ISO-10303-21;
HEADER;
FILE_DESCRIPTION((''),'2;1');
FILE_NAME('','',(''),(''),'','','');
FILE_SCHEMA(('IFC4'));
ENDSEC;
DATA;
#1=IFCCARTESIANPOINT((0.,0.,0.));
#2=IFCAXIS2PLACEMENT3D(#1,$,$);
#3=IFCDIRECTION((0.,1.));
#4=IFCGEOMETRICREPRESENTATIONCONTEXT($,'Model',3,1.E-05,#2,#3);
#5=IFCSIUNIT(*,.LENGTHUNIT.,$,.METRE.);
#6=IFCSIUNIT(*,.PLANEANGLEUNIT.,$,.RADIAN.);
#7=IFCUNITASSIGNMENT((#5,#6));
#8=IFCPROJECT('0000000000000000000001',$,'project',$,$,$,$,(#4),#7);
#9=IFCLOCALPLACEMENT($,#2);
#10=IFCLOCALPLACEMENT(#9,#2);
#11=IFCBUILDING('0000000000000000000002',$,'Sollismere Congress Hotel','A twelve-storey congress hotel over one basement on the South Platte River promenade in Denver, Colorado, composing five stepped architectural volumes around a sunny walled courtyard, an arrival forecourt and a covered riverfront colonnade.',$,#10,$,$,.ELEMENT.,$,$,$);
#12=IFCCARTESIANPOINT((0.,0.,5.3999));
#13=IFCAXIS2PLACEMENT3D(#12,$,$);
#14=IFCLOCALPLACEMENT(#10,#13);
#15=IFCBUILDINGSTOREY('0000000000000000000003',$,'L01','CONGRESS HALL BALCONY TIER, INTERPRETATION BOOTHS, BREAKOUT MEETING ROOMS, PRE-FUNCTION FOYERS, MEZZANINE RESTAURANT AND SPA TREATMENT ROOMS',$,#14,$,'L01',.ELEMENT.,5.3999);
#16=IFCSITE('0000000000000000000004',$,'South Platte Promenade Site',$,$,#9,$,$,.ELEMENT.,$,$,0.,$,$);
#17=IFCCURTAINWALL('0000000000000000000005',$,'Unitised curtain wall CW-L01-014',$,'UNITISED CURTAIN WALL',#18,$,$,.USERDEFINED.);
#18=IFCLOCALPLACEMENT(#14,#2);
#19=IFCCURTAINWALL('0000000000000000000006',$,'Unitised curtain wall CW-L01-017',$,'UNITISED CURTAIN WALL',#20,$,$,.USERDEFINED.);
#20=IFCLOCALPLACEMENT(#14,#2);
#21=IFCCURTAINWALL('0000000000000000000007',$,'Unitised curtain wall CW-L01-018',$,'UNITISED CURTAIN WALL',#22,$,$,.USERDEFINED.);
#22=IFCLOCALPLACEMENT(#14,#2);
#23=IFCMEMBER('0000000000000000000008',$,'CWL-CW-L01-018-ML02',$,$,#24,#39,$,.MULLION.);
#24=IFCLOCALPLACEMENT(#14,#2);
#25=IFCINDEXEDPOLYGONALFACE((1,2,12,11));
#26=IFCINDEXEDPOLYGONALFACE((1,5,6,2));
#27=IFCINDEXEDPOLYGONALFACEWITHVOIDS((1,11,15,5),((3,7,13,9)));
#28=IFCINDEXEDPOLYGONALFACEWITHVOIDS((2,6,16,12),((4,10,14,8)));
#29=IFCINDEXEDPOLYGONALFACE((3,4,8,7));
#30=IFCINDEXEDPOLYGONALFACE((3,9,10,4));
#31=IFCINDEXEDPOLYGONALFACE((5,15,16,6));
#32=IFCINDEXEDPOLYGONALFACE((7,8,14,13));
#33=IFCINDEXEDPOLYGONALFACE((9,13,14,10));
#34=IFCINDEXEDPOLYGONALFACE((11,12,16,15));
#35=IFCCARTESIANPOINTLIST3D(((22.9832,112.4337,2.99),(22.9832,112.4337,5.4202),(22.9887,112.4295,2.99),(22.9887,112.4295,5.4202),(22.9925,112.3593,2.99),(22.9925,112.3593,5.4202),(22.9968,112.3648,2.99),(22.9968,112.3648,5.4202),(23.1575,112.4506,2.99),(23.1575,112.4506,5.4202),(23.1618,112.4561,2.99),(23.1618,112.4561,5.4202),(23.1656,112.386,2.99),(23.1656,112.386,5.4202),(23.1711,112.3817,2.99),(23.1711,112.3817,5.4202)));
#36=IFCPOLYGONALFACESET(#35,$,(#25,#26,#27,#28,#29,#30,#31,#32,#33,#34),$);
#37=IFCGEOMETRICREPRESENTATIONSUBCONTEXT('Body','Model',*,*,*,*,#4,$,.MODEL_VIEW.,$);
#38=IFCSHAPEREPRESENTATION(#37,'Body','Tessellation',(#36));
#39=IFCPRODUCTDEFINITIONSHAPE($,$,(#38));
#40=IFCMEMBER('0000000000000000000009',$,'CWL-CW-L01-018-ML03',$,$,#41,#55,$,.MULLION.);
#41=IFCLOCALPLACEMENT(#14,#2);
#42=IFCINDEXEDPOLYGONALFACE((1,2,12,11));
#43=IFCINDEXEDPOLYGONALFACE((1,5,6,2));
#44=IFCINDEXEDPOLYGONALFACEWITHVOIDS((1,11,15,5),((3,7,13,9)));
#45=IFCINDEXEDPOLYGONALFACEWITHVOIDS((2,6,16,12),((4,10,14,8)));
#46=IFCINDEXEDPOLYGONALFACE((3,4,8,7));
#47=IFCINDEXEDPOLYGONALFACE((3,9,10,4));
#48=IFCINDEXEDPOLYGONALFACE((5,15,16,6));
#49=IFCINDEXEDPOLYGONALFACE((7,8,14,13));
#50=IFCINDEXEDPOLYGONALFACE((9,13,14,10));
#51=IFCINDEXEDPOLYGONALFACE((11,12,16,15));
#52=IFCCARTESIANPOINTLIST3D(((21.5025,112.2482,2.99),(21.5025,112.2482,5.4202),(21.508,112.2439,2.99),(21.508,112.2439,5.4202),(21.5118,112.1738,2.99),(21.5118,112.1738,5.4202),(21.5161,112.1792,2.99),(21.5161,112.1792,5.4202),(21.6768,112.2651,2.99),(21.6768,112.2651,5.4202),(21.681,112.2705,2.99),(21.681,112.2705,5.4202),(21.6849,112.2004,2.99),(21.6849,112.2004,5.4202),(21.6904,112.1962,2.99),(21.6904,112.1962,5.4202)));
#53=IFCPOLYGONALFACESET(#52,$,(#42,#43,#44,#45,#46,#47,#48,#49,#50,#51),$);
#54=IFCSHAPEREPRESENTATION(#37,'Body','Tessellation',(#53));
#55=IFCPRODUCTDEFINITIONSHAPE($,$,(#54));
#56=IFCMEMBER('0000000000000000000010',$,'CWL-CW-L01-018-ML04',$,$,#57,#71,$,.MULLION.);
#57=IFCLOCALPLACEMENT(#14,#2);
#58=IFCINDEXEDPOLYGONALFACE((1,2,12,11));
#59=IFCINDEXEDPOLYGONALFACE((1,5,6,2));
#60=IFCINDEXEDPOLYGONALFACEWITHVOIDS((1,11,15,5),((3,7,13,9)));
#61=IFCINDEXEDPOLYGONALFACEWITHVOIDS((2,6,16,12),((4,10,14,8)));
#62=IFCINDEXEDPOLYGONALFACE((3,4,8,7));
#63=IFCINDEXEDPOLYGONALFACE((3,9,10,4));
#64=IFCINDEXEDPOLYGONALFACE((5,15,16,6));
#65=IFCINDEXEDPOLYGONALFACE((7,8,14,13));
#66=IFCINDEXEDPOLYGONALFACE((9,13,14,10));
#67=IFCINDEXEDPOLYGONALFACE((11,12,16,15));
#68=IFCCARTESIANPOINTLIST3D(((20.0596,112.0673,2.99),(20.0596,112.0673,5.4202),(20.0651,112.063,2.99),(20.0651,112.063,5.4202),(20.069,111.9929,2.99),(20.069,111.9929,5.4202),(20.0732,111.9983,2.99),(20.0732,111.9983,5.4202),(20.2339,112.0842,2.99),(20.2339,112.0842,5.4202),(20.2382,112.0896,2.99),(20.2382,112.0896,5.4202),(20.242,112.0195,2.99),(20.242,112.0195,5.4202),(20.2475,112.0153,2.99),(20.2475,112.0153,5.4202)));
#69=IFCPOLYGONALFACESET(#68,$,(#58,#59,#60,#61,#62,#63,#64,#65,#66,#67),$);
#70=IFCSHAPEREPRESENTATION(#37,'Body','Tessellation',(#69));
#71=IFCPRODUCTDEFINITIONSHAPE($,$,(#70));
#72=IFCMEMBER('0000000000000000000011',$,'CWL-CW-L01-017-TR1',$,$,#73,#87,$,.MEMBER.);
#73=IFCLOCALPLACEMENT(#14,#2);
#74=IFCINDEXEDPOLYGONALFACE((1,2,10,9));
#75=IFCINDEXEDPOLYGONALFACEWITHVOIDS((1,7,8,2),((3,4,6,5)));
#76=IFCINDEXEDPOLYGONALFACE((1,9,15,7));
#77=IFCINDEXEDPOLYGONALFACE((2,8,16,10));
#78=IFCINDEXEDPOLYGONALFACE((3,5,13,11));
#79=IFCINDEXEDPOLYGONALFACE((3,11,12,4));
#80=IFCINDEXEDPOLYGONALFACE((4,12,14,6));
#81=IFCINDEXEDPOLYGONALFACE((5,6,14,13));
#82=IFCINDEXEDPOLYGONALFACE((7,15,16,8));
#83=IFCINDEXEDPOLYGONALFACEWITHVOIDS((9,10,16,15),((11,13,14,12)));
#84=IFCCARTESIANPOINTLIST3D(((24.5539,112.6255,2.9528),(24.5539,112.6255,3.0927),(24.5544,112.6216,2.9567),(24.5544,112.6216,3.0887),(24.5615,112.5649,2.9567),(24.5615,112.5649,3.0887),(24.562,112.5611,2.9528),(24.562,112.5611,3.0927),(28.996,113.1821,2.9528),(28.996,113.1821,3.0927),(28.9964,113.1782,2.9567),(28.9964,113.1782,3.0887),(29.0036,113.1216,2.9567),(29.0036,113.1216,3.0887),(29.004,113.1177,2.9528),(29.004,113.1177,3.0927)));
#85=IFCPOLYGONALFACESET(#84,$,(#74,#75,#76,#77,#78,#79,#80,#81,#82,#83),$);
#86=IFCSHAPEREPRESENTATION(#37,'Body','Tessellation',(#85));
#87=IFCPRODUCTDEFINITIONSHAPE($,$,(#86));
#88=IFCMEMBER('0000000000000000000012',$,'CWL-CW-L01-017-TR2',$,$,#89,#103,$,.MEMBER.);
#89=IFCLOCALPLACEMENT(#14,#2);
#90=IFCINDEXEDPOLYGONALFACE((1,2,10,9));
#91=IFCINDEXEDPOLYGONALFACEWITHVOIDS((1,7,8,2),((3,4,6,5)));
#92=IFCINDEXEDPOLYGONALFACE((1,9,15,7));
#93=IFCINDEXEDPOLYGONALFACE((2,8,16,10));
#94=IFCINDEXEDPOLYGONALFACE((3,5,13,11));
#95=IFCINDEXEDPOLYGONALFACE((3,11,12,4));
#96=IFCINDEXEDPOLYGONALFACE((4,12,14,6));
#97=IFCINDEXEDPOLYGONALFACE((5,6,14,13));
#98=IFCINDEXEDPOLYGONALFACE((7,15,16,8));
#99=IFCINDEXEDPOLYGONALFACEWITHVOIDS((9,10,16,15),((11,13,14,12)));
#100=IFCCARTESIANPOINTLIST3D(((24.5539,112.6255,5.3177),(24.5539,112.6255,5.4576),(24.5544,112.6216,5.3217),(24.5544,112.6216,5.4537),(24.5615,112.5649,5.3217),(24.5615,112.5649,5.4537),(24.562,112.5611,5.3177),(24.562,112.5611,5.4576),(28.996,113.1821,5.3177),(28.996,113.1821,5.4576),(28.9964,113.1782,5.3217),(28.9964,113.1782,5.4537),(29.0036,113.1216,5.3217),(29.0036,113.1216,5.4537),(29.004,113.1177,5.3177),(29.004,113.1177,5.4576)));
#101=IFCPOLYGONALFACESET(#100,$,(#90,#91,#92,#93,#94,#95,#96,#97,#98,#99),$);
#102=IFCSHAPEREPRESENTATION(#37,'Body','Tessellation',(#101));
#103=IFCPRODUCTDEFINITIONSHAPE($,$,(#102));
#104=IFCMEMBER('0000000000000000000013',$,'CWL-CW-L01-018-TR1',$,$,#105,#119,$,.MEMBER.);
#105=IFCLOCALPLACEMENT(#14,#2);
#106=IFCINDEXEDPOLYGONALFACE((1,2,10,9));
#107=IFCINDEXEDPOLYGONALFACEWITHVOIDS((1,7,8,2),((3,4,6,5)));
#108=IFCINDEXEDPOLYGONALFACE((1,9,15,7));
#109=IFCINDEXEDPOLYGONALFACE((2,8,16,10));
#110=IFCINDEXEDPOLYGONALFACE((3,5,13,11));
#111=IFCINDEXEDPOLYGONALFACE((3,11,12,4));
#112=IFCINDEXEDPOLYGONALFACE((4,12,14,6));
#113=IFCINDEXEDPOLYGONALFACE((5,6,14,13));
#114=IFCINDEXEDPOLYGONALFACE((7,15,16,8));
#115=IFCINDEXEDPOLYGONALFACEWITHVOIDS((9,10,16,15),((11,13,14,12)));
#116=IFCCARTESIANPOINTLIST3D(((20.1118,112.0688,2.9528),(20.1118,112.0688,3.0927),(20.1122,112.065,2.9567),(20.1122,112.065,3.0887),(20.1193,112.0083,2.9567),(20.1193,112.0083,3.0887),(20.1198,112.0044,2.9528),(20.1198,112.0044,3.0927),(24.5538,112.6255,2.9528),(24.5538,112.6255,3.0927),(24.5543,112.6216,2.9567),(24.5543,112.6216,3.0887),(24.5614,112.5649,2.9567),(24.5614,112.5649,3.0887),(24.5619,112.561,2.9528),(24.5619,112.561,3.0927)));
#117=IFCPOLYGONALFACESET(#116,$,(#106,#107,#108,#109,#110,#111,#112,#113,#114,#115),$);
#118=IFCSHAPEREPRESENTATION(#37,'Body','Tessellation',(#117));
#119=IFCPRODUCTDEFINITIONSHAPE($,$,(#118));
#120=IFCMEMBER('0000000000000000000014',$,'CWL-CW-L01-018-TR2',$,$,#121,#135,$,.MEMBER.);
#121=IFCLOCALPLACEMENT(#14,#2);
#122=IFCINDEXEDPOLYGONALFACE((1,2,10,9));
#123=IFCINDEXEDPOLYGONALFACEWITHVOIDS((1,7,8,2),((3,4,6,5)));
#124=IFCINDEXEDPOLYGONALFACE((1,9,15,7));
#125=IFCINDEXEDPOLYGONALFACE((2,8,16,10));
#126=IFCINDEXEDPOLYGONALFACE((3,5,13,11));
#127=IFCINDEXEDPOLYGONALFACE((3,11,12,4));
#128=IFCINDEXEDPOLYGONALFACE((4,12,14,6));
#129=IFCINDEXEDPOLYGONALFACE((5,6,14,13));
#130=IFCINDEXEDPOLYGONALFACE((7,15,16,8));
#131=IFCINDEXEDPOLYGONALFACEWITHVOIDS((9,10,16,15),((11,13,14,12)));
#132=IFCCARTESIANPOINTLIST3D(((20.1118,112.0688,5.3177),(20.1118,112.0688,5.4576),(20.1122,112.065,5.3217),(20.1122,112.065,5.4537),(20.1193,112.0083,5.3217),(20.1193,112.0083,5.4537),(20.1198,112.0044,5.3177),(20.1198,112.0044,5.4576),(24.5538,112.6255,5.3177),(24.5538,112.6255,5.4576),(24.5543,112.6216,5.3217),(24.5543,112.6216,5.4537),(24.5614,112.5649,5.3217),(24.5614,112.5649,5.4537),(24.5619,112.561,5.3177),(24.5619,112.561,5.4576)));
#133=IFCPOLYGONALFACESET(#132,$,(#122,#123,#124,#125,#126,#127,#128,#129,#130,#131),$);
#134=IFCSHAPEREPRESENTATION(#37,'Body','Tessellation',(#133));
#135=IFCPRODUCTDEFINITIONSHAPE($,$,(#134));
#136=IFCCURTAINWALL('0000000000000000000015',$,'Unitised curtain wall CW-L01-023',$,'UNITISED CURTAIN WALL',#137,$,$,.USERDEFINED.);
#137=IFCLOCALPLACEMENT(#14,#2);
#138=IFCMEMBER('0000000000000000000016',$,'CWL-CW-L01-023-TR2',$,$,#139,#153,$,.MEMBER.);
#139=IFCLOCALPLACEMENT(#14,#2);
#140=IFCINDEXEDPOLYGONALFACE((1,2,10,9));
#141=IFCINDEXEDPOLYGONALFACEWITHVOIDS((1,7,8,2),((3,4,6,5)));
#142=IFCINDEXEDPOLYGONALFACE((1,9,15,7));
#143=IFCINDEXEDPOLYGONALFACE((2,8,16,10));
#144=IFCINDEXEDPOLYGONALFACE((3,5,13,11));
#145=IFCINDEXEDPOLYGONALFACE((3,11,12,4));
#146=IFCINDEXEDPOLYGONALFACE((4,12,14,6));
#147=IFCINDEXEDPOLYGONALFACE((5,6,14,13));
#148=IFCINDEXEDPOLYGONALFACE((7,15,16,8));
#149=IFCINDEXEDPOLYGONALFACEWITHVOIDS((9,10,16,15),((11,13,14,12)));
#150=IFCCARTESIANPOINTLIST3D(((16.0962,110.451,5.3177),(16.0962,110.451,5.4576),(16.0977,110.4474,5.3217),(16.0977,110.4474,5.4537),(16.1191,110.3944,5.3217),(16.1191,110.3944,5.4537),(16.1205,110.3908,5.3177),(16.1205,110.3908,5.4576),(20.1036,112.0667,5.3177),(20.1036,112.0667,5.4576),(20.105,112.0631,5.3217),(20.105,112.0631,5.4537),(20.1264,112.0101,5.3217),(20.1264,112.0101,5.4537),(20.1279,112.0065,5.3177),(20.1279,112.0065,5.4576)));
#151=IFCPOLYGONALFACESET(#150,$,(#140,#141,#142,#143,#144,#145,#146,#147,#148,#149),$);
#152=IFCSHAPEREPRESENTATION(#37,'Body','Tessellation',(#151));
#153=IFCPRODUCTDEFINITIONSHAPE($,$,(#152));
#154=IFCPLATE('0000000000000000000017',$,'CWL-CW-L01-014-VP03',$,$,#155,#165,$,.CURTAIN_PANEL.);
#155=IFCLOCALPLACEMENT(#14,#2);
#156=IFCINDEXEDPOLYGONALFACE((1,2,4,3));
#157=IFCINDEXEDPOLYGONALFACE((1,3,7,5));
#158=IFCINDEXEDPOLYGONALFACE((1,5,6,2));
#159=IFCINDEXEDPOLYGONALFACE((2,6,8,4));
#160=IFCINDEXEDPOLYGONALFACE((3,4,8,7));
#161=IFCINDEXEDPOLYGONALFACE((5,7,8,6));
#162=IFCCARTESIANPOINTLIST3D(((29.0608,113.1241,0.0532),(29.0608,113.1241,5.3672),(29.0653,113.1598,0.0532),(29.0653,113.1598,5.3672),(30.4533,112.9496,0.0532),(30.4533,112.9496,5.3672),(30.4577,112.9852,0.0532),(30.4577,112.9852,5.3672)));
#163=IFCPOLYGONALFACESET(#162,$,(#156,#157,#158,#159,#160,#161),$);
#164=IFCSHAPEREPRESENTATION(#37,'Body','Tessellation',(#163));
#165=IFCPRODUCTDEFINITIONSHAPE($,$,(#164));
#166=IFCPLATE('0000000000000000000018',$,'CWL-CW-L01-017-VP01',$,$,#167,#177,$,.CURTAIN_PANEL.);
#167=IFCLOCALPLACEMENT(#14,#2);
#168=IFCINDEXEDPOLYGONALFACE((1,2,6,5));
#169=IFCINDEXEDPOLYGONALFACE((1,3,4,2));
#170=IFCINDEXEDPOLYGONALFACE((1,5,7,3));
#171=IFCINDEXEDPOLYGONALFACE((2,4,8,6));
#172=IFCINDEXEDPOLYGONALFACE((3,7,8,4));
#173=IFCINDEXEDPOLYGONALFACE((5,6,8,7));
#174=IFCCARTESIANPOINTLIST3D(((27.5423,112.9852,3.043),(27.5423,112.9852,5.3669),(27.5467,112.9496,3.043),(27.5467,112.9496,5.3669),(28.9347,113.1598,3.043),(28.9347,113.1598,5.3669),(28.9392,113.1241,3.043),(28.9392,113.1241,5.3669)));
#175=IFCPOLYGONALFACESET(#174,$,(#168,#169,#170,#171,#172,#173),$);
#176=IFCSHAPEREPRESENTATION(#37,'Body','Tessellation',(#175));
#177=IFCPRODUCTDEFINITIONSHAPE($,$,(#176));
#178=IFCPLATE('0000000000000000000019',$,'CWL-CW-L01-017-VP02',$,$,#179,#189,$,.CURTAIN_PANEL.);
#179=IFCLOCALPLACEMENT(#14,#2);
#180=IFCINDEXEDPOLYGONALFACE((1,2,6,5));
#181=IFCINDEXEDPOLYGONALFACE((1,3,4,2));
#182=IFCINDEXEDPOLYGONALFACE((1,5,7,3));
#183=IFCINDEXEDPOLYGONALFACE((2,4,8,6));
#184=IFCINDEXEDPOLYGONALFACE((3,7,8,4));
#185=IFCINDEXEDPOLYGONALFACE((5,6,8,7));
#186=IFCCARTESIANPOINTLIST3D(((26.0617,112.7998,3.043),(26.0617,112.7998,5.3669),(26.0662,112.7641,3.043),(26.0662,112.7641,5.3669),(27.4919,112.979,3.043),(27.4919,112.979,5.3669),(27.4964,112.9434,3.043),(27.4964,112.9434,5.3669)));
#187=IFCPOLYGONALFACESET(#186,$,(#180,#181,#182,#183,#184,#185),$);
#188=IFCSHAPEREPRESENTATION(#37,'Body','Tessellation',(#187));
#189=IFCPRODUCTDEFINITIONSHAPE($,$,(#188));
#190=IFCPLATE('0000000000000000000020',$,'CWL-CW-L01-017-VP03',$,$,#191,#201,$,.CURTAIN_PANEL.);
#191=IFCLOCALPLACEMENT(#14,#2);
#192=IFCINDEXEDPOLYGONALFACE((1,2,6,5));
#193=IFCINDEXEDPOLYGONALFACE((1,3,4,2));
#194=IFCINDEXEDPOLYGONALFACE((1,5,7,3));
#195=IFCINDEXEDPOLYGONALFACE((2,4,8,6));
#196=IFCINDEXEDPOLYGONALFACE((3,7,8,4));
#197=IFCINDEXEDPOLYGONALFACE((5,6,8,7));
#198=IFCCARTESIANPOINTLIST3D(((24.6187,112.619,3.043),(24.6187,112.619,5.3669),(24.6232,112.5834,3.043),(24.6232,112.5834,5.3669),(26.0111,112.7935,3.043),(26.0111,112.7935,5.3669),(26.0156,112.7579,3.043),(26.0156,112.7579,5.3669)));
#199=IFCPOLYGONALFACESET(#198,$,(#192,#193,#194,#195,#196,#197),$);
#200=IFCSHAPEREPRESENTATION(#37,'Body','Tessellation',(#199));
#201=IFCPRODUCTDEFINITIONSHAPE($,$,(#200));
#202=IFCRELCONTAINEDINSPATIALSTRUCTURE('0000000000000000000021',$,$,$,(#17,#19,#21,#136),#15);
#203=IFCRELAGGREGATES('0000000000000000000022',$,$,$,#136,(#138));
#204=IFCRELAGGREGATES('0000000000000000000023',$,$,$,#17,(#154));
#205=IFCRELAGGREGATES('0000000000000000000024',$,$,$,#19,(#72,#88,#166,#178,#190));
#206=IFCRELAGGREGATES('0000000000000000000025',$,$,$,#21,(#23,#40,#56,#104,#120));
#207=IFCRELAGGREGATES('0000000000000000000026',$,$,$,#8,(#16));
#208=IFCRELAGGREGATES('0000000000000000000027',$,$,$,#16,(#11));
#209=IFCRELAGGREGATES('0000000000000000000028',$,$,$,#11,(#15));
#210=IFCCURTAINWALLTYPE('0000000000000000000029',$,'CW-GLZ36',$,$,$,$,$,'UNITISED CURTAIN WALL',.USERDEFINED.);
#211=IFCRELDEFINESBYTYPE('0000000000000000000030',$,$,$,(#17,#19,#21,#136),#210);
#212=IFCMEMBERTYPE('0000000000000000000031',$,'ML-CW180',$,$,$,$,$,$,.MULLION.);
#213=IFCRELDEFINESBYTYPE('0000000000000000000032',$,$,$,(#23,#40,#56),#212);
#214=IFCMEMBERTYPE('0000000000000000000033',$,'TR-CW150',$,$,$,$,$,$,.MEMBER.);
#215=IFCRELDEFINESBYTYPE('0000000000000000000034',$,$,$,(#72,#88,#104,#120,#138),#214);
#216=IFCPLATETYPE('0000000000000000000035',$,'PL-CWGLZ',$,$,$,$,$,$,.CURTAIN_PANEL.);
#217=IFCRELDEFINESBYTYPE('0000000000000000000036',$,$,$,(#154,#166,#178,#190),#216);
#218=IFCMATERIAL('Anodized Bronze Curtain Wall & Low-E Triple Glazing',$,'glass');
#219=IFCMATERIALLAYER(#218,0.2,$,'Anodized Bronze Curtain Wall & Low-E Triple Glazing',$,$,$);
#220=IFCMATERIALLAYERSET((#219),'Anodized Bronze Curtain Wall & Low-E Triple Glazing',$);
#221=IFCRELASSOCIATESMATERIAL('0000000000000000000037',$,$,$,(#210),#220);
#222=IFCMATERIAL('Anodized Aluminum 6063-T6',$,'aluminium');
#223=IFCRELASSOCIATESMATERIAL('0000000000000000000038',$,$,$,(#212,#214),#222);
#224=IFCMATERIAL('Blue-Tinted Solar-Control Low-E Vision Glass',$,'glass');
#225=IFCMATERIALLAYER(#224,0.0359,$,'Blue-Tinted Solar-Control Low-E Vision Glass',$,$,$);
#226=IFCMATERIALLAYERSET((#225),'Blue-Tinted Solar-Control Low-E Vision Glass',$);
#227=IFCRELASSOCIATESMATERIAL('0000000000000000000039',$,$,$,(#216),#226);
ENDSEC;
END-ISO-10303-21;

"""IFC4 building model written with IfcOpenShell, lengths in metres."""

from ifc_helpers import new_model, si_unit, direction, frame, origin, origin_2d, place, context, subcontext, project, spatial, rectangle, hollow_rectangle, extrude, material, layer, layer_set, material_profile, profile_set, type_object, element, aggregate, save


model = new_model("IFC4")

# Units and contexts
model_context = context("Model", 3, precision=1e-05, world=origin(), true_north=direction((0.0, 1.0)))
body_context = subcontext(model_context, "Body", "Model", "MODEL_VIEW")
ifc_project = project(units=[si_unit("LENGTHUNIT", "METRE"), si_unit("PLANEANGLEUNIT", "RADIAN")], contexts=[model_context])

# Site, building, storey
site_placement = place(None, origin())
site = spatial("IfcSite", under=ifc_project, at=site_placement, Name="South Platte Promenade Site", CompositionType="ELEMENT", RefElevation=0.0)
building_placement = place(site_placement, origin())
building = spatial("IfcBuilding", under=site, at=building_placement, Name="Sollismere Congress Hotel", Description="A twelve-storey congress hotel over one basement on the South Platte River promenade in Denver, Colorado, composing five stepped architectural volumes around a sunny walled courtyard, an arrival forecourt and a covered riverfront colonnade.", CompositionType="ELEMENT")
storey_placement = place(building_placement, frame((0.0, 0.0, 5.3999)))
storey = spatial("IfcBuildingStorey", under=building, at=storey_placement, Name="L01", Description="CONGRESS HALL BALCONY TIER, INTERPRETATION BOOTHS, BREAKOUT MEETING ROOMS, PRE-FUNCTION FOYERS, MEZZANINE RESTAURANT AND SPA TREATMENT ROOMS", LongName="L01", CompositionType="ELEMENT", Elevation=5.3999)

# Curtain wall
ifc_material_1 = material(Name="Anodized Bronze Curtain Wall & Low-E Triple Glazing", Category="glass")
ifc_layer_1 = layer(ifc_material_1, 0.2, Name="Anodized Bronze Curtain Wall & Low-E Triple Glazing")
ifc_layer_set_1 = layer_set([ifc_layer_1], Name="Anodized Bronze Curtain Wall & Low-E Triple Glazing")
curtain_wall_type = type_object("IfcCurtainWallType", Name="CW-GLZ36", ElementType="UNITISED CURTAIN WALL", PredefinedType="USERDEFINED", material=ifc_layer_set_1)
curtain_wall_1_placement = place(storey_placement, origin())
curtain_wall_1 = element("IfcCurtainWall", 1, at=curtain_wall_1_placement, inside=storey, type_object=curtain_wall_type, Name="Unitised curtain wall CW-L01-014", ObjectType="UNITISED CURTAIN WALL", PredefinedType="USERDEFINED")
ifc_material_2 = material(Name="Anodized Aluminum 6063-T6", Category="aluminium")
ifc_material_profile_1 = material_profile(ifc_material_2, hollow_rectangle(XDim=0.075, YDim=0.1799, WallThickness=0.0049, at=origin_2d()), Name="ALU180X75X5")
ifc_profile_set_1 = profile_set([ifc_material_profile_1], Name="Anodized Aluminum 6063-T6")
member_type_1 = type_object("IfcMemberType", Name="ML-CW180", PredefinedType="MULLION", material=ifc_profile_set_1)

# Curtain walls, members
curtain_wall_2_placement = place(storey_placement, origin())
curtain_wall_2 = element("IfcCurtainWall", 2, at=curtain_wall_2_placement, inside=storey, type_object=curtain_wall_type, Name="Unitised curtain wall CW-L01-017", ObjectType="UNITISED CURTAIN WALL", PredefinedType="USERDEFINED")
curtain_wall_3_placement = place(storey_placement, origin())
curtain_wall_3 = element("IfcCurtainWall", 3, at=curtain_wall_3_placement, inside=storey, type_object=curtain_wall_type, Name="Unitised curtain wall CW-L01-018", ObjectType="UNITISED CURTAIN WALL", PredefinedType="USERDEFINED")
member_1_placement = place(storey_placement, frame((23.0771, 112.4077, 2.99), z_axis=(0.0, 0.0, 1.0), x_axis=(0.124363, -0.992237, 0.0)))
member_1 = element("IfcMember", 4, at=member_1_placement, type_object=member_type_1, Name="CWL-CW-L01-018-ML02", PredefinedType="MULLION", context=body_context, shape_type="SweptSolid", body=[
    extrude(hollow_rectangle(XDim=0.075, YDim=0.1799, WallThickness=0.0049, at=origin_2d()), origin(), (0.0, 0.0, 1.0), 2.4302),
])
member_2_placement = place(storey_placement, frame((21.5964, 112.2222, 2.99), z_axis=(0.0, 0.0, 1.0), x_axis=(0.124363, -0.992237, 0.0)))
member_2 = element("IfcMember", 5, at=member_2_placement, type_object=member_type_1, Name="CWL-CW-L01-018-ML03", PredefinedType="MULLION", context=body_context, shape_type="SweptSolid", body=[
    extrude(hollow_rectangle(XDim=0.075, YDim=0.1799, WallThickness=0.0049, at=origin_2d()), origin(), (0.0, 0.0, 1.0), 2.4302),
])
member_3_placement = place(storey_placement, frame((20.1536, 112.0413, 2.99), z_axis=(0.0, 0.0, 1.0), x_axis=(0.124363, -0.992237, 0.0)))
member_3 = element("IfcMember", 6, at=member_3_placement, type_object=member_type_1, Name="CWL-CW-L01-018-ML04", PredefinedType="MULLION", context=body_context, shape_type="SweptSolid", body=[
    extrude(hollow_rectangle(XDim=0.075, YDim=0.1799, WallThickness=0.0049, at=origin_2d()), origin(), (0.0, 0.0, 1.0), 2.4302),
])

# Members
ifc_material_profile_2 = material_profile(ifc_material_2, hollow_rectangle(XDim=0.0649, YDim=0.1399, WallThickness=0.0039, at=origin_2d()), Name="ALU140X65X4")
ifc_profile_set_2 = profile_set([ifc_material_profile_2], Name="Anodized Aluminum 6063-T6")
member_type_2 = type_object("IfcMemberType", Name="TR-CW150", PredefinedType="MEMBER", material=ifc_profile_set_2)
member_4_placement = place(storey_placement, frame((29.0, 113.1499, 3.0227), z_axis=(-0.99224, -0.124337, 0.0), x_axis=(0.124337, -0.99224, 0.0)))
member_4 = element("IfcMember", 7, at=member_4_placement, type_object=member_type_2, Name="CWL-CW-L01-017-TR1", PredefinedType="MEMBER", context=body_context, shape_type="SweptSolid", body=[
    extrude(hollow_rectangle(XDim=0.0649, YDim=0.1399, WallThickness=0.0039, at=origin_2d()), origin(), (0.0, 0.0, 1.0), 4.4768),
])
member_5_placement = place(storey_placement, frame((29.0, 113.1499, 5.3877), z_axis=(-0.99224, -0.124337, 0.0), x_axis=(0.124337, -0.99224, 0.0)))
member_5 = element("IfcMember", 8, at=member_5_placement, type_object=member_type_2, Name="CWL-CW-L01-017-TR2", PredefinedType="MEMBER", context=body_context, shape_type="SweptSolid", body=[
    extrude(hollow_rectangle(XDim=0.0649, YDim=0.1399, WallThickness=0.0039, at=origin_2d()), origin(), (0.0, 0.0, 1.0), 4.4768),
])
member_6_placement = place(storey_placement, frame((24.5579, 112.5933, 3.0227), z_axis=(-0.99224, -0.124337, 0.0), x_axis=(0.124337, -0.99224, 0.0)))
member_6 = element("IfcMember", 9, at=member_6_placement, type_object=member_type_2, Name="CWL-CW-L01-018-TR1", PredefinedType="MEMBER", context=body_context, shape_type="SweptSolid", body=[
    extrude(hollow_rectangle(XDim=0.0649, YDim=0.1399, WallThickness=0.0039, at=origin_2d()), origin(), (0.0, 0.0, 1.0), 4.4768),
])
member_7_placement = place(storey_placement, frame((24.5579, 112.5933, 5.3877), z_axis=(-0.99224, -0.124337, 0.0), x_axis=(0.124337, -0.99224, 0.0)))
member_7 = element("IfcMember", 10, at=member_7_placement, type_object=member_type_2, Name="CWL-CW-L01-018-TR2", PredefinedType="MEMBER", context=body_context, shape_type="SweptSolid", body=[
    extrude(hollow_rectangle(XDim=0.0649, YDim=0.1399, WallThickness=0.0039, at=origin_2d()), origin(), (0.0, 0.0, 1.0), 4.4768),
])

# Curtain wall, member
curtain_wall_4_placement = place(storey_placement, origin())
curtain_wall_4 = element("IfcCurtainWall", 11, at=curtain_wall_4_placement, inside=storey, type_object=curtain_wall_type, Name="Unitised curtain wall CW-L01-023", ObjectType="UNITISED CURTAIN WALL", PredefinedType="USERDEFINED")
member_8_placement = place(storey_placement, frame((20.1157, 112.0366, 5.3877), z_axis=(-0.927452, -0.373942, 0.0), x_axis=(0.373942, -0.927452, 0.0)))
member_8 = element("IfcMember", 12, at=member_8_placement, type_object=member_type_2, Name="CWL-CW-L01-023-TR2", PredefinedType="MEMBER", context=body_context, shape_type="SweptSolid", body=[
    extrude(hollow_rectangle(XDim=0.0649, YDim=0.1399, WallThickness=0.0039, at=origin_2d()), origin(), (0.0, 0.0, 1.0), 4.3208),
])
aggregate(curtain_wall_4, [member_8])

# Plates
ifc_material_3 = material(Name="Blue-Tinted Solar-Control Low-E Vision Glass", Category="glass")
ifc_layer_2 = layer(ifc_material_3, 0.0359, Name="Blue-Tinted Solar-Control Low-E Vision Glass")
ifc_layer_set_2 = layer_set([ifc_layer_2], Name="Blue-Tinted Solar-Control Low-E Vision Glass")
plate_type_1 = type_object("IfcPlateType", Name="PL-CWGLZ", PredefinedType="CURTAIN_PANEL", material=ifc_layer_set_2)
plate_1_placement = place(storey_placement, frame((29.7593, 113.0547, 0.0532), z_axis=(0.0, 0.0, 1.0), x_axis=(-0.992237, 0.124363, 0.0)))
plate_1 = element("IfcPlate", 13, at=plate_1_placement, type_object=plate_type_1, Name="CWL-CW-L01-014-VP03", PredefinedType="CURTAIN_PANEL", context=body_context, shape_type="SweptSolid", body=[
    extrude(rectangle(XDim=1.4033, YDim=0.0359, at=origin_2d()), origin(), (0.0, 0.0, 1.0), 5.314),
])
aggregate(curtain_wall_1, [plate_1])
plate_2_placement = place(storey_placement, frame((28.2407, 113.0547, 3.043), z_axis=(0.0, 0.0, 1.0), x_axis=(-0.992237, -0.124363, 0.0)))
plate_2 = element("IfcPlate", 14, at=plate_2_placement, type_object=plate_type_1, Name="CWL-CW-L01-017-VP01", PredefinedType="CURTAIN_PANEL", context=body_context, shape_type="SweptSolid", body=[
    extrude(rectangle(XDim=1.4033, YDim=0.0359, at=origin_2d()), origin(), (0.0, 0.0, 1.0), 2.324),
])
plate_3_placement = place(storey_placement, frame((26.7791, 112.8716, 3.043), z_axis=(0.0, 0.0, 1.0), x_axis=(-0.992237, -0.124363, 0.0)))
plate_3 = element("IfcPlate", 15, at=plate_3_placement, type_object=plate_type_1, Name="CWL-CW-L01-017-VP02", PredefinedType="CURTAIN_PANEL", context=body_context, shape_type="SweptSolid", body=[
    extrude(rectangle(XDim=1.4414, YDim=0.0359, at=origin_2d()), origin(), (0.0, 0.0, 1.0), 2.324),
])
plate_4_placement = place(storey_placement, frame((25.3171, 112.6885, 3.043), z_axis=(0.0, 0.0, 1.0), x_axis=(-0.992237, -0.124363, 0.0)))
plate_4 = element("IfcPlate", 16, at=plate_4_placement, type_object=plate_type_1, Name="CWL-CW-L01-017-VP03", PredefinedType="CURTAIN_PANEL", context=body_context, shape_type="SweptSolid", body=[
    extrude(rectangle(XDim=1.4033, YDim=0.0359, at=origin_2d()), origin(), (0.0, 0.0, 1.0), 2.324),
])
aggregate(curtain_wall_2, [member_4, member_5, plate_2, plate_3, plate_4])
aggregate(curtain_wall_3, [member_1, member_2, member_3, member_6, member_7])

save(model, "model.ifc")
